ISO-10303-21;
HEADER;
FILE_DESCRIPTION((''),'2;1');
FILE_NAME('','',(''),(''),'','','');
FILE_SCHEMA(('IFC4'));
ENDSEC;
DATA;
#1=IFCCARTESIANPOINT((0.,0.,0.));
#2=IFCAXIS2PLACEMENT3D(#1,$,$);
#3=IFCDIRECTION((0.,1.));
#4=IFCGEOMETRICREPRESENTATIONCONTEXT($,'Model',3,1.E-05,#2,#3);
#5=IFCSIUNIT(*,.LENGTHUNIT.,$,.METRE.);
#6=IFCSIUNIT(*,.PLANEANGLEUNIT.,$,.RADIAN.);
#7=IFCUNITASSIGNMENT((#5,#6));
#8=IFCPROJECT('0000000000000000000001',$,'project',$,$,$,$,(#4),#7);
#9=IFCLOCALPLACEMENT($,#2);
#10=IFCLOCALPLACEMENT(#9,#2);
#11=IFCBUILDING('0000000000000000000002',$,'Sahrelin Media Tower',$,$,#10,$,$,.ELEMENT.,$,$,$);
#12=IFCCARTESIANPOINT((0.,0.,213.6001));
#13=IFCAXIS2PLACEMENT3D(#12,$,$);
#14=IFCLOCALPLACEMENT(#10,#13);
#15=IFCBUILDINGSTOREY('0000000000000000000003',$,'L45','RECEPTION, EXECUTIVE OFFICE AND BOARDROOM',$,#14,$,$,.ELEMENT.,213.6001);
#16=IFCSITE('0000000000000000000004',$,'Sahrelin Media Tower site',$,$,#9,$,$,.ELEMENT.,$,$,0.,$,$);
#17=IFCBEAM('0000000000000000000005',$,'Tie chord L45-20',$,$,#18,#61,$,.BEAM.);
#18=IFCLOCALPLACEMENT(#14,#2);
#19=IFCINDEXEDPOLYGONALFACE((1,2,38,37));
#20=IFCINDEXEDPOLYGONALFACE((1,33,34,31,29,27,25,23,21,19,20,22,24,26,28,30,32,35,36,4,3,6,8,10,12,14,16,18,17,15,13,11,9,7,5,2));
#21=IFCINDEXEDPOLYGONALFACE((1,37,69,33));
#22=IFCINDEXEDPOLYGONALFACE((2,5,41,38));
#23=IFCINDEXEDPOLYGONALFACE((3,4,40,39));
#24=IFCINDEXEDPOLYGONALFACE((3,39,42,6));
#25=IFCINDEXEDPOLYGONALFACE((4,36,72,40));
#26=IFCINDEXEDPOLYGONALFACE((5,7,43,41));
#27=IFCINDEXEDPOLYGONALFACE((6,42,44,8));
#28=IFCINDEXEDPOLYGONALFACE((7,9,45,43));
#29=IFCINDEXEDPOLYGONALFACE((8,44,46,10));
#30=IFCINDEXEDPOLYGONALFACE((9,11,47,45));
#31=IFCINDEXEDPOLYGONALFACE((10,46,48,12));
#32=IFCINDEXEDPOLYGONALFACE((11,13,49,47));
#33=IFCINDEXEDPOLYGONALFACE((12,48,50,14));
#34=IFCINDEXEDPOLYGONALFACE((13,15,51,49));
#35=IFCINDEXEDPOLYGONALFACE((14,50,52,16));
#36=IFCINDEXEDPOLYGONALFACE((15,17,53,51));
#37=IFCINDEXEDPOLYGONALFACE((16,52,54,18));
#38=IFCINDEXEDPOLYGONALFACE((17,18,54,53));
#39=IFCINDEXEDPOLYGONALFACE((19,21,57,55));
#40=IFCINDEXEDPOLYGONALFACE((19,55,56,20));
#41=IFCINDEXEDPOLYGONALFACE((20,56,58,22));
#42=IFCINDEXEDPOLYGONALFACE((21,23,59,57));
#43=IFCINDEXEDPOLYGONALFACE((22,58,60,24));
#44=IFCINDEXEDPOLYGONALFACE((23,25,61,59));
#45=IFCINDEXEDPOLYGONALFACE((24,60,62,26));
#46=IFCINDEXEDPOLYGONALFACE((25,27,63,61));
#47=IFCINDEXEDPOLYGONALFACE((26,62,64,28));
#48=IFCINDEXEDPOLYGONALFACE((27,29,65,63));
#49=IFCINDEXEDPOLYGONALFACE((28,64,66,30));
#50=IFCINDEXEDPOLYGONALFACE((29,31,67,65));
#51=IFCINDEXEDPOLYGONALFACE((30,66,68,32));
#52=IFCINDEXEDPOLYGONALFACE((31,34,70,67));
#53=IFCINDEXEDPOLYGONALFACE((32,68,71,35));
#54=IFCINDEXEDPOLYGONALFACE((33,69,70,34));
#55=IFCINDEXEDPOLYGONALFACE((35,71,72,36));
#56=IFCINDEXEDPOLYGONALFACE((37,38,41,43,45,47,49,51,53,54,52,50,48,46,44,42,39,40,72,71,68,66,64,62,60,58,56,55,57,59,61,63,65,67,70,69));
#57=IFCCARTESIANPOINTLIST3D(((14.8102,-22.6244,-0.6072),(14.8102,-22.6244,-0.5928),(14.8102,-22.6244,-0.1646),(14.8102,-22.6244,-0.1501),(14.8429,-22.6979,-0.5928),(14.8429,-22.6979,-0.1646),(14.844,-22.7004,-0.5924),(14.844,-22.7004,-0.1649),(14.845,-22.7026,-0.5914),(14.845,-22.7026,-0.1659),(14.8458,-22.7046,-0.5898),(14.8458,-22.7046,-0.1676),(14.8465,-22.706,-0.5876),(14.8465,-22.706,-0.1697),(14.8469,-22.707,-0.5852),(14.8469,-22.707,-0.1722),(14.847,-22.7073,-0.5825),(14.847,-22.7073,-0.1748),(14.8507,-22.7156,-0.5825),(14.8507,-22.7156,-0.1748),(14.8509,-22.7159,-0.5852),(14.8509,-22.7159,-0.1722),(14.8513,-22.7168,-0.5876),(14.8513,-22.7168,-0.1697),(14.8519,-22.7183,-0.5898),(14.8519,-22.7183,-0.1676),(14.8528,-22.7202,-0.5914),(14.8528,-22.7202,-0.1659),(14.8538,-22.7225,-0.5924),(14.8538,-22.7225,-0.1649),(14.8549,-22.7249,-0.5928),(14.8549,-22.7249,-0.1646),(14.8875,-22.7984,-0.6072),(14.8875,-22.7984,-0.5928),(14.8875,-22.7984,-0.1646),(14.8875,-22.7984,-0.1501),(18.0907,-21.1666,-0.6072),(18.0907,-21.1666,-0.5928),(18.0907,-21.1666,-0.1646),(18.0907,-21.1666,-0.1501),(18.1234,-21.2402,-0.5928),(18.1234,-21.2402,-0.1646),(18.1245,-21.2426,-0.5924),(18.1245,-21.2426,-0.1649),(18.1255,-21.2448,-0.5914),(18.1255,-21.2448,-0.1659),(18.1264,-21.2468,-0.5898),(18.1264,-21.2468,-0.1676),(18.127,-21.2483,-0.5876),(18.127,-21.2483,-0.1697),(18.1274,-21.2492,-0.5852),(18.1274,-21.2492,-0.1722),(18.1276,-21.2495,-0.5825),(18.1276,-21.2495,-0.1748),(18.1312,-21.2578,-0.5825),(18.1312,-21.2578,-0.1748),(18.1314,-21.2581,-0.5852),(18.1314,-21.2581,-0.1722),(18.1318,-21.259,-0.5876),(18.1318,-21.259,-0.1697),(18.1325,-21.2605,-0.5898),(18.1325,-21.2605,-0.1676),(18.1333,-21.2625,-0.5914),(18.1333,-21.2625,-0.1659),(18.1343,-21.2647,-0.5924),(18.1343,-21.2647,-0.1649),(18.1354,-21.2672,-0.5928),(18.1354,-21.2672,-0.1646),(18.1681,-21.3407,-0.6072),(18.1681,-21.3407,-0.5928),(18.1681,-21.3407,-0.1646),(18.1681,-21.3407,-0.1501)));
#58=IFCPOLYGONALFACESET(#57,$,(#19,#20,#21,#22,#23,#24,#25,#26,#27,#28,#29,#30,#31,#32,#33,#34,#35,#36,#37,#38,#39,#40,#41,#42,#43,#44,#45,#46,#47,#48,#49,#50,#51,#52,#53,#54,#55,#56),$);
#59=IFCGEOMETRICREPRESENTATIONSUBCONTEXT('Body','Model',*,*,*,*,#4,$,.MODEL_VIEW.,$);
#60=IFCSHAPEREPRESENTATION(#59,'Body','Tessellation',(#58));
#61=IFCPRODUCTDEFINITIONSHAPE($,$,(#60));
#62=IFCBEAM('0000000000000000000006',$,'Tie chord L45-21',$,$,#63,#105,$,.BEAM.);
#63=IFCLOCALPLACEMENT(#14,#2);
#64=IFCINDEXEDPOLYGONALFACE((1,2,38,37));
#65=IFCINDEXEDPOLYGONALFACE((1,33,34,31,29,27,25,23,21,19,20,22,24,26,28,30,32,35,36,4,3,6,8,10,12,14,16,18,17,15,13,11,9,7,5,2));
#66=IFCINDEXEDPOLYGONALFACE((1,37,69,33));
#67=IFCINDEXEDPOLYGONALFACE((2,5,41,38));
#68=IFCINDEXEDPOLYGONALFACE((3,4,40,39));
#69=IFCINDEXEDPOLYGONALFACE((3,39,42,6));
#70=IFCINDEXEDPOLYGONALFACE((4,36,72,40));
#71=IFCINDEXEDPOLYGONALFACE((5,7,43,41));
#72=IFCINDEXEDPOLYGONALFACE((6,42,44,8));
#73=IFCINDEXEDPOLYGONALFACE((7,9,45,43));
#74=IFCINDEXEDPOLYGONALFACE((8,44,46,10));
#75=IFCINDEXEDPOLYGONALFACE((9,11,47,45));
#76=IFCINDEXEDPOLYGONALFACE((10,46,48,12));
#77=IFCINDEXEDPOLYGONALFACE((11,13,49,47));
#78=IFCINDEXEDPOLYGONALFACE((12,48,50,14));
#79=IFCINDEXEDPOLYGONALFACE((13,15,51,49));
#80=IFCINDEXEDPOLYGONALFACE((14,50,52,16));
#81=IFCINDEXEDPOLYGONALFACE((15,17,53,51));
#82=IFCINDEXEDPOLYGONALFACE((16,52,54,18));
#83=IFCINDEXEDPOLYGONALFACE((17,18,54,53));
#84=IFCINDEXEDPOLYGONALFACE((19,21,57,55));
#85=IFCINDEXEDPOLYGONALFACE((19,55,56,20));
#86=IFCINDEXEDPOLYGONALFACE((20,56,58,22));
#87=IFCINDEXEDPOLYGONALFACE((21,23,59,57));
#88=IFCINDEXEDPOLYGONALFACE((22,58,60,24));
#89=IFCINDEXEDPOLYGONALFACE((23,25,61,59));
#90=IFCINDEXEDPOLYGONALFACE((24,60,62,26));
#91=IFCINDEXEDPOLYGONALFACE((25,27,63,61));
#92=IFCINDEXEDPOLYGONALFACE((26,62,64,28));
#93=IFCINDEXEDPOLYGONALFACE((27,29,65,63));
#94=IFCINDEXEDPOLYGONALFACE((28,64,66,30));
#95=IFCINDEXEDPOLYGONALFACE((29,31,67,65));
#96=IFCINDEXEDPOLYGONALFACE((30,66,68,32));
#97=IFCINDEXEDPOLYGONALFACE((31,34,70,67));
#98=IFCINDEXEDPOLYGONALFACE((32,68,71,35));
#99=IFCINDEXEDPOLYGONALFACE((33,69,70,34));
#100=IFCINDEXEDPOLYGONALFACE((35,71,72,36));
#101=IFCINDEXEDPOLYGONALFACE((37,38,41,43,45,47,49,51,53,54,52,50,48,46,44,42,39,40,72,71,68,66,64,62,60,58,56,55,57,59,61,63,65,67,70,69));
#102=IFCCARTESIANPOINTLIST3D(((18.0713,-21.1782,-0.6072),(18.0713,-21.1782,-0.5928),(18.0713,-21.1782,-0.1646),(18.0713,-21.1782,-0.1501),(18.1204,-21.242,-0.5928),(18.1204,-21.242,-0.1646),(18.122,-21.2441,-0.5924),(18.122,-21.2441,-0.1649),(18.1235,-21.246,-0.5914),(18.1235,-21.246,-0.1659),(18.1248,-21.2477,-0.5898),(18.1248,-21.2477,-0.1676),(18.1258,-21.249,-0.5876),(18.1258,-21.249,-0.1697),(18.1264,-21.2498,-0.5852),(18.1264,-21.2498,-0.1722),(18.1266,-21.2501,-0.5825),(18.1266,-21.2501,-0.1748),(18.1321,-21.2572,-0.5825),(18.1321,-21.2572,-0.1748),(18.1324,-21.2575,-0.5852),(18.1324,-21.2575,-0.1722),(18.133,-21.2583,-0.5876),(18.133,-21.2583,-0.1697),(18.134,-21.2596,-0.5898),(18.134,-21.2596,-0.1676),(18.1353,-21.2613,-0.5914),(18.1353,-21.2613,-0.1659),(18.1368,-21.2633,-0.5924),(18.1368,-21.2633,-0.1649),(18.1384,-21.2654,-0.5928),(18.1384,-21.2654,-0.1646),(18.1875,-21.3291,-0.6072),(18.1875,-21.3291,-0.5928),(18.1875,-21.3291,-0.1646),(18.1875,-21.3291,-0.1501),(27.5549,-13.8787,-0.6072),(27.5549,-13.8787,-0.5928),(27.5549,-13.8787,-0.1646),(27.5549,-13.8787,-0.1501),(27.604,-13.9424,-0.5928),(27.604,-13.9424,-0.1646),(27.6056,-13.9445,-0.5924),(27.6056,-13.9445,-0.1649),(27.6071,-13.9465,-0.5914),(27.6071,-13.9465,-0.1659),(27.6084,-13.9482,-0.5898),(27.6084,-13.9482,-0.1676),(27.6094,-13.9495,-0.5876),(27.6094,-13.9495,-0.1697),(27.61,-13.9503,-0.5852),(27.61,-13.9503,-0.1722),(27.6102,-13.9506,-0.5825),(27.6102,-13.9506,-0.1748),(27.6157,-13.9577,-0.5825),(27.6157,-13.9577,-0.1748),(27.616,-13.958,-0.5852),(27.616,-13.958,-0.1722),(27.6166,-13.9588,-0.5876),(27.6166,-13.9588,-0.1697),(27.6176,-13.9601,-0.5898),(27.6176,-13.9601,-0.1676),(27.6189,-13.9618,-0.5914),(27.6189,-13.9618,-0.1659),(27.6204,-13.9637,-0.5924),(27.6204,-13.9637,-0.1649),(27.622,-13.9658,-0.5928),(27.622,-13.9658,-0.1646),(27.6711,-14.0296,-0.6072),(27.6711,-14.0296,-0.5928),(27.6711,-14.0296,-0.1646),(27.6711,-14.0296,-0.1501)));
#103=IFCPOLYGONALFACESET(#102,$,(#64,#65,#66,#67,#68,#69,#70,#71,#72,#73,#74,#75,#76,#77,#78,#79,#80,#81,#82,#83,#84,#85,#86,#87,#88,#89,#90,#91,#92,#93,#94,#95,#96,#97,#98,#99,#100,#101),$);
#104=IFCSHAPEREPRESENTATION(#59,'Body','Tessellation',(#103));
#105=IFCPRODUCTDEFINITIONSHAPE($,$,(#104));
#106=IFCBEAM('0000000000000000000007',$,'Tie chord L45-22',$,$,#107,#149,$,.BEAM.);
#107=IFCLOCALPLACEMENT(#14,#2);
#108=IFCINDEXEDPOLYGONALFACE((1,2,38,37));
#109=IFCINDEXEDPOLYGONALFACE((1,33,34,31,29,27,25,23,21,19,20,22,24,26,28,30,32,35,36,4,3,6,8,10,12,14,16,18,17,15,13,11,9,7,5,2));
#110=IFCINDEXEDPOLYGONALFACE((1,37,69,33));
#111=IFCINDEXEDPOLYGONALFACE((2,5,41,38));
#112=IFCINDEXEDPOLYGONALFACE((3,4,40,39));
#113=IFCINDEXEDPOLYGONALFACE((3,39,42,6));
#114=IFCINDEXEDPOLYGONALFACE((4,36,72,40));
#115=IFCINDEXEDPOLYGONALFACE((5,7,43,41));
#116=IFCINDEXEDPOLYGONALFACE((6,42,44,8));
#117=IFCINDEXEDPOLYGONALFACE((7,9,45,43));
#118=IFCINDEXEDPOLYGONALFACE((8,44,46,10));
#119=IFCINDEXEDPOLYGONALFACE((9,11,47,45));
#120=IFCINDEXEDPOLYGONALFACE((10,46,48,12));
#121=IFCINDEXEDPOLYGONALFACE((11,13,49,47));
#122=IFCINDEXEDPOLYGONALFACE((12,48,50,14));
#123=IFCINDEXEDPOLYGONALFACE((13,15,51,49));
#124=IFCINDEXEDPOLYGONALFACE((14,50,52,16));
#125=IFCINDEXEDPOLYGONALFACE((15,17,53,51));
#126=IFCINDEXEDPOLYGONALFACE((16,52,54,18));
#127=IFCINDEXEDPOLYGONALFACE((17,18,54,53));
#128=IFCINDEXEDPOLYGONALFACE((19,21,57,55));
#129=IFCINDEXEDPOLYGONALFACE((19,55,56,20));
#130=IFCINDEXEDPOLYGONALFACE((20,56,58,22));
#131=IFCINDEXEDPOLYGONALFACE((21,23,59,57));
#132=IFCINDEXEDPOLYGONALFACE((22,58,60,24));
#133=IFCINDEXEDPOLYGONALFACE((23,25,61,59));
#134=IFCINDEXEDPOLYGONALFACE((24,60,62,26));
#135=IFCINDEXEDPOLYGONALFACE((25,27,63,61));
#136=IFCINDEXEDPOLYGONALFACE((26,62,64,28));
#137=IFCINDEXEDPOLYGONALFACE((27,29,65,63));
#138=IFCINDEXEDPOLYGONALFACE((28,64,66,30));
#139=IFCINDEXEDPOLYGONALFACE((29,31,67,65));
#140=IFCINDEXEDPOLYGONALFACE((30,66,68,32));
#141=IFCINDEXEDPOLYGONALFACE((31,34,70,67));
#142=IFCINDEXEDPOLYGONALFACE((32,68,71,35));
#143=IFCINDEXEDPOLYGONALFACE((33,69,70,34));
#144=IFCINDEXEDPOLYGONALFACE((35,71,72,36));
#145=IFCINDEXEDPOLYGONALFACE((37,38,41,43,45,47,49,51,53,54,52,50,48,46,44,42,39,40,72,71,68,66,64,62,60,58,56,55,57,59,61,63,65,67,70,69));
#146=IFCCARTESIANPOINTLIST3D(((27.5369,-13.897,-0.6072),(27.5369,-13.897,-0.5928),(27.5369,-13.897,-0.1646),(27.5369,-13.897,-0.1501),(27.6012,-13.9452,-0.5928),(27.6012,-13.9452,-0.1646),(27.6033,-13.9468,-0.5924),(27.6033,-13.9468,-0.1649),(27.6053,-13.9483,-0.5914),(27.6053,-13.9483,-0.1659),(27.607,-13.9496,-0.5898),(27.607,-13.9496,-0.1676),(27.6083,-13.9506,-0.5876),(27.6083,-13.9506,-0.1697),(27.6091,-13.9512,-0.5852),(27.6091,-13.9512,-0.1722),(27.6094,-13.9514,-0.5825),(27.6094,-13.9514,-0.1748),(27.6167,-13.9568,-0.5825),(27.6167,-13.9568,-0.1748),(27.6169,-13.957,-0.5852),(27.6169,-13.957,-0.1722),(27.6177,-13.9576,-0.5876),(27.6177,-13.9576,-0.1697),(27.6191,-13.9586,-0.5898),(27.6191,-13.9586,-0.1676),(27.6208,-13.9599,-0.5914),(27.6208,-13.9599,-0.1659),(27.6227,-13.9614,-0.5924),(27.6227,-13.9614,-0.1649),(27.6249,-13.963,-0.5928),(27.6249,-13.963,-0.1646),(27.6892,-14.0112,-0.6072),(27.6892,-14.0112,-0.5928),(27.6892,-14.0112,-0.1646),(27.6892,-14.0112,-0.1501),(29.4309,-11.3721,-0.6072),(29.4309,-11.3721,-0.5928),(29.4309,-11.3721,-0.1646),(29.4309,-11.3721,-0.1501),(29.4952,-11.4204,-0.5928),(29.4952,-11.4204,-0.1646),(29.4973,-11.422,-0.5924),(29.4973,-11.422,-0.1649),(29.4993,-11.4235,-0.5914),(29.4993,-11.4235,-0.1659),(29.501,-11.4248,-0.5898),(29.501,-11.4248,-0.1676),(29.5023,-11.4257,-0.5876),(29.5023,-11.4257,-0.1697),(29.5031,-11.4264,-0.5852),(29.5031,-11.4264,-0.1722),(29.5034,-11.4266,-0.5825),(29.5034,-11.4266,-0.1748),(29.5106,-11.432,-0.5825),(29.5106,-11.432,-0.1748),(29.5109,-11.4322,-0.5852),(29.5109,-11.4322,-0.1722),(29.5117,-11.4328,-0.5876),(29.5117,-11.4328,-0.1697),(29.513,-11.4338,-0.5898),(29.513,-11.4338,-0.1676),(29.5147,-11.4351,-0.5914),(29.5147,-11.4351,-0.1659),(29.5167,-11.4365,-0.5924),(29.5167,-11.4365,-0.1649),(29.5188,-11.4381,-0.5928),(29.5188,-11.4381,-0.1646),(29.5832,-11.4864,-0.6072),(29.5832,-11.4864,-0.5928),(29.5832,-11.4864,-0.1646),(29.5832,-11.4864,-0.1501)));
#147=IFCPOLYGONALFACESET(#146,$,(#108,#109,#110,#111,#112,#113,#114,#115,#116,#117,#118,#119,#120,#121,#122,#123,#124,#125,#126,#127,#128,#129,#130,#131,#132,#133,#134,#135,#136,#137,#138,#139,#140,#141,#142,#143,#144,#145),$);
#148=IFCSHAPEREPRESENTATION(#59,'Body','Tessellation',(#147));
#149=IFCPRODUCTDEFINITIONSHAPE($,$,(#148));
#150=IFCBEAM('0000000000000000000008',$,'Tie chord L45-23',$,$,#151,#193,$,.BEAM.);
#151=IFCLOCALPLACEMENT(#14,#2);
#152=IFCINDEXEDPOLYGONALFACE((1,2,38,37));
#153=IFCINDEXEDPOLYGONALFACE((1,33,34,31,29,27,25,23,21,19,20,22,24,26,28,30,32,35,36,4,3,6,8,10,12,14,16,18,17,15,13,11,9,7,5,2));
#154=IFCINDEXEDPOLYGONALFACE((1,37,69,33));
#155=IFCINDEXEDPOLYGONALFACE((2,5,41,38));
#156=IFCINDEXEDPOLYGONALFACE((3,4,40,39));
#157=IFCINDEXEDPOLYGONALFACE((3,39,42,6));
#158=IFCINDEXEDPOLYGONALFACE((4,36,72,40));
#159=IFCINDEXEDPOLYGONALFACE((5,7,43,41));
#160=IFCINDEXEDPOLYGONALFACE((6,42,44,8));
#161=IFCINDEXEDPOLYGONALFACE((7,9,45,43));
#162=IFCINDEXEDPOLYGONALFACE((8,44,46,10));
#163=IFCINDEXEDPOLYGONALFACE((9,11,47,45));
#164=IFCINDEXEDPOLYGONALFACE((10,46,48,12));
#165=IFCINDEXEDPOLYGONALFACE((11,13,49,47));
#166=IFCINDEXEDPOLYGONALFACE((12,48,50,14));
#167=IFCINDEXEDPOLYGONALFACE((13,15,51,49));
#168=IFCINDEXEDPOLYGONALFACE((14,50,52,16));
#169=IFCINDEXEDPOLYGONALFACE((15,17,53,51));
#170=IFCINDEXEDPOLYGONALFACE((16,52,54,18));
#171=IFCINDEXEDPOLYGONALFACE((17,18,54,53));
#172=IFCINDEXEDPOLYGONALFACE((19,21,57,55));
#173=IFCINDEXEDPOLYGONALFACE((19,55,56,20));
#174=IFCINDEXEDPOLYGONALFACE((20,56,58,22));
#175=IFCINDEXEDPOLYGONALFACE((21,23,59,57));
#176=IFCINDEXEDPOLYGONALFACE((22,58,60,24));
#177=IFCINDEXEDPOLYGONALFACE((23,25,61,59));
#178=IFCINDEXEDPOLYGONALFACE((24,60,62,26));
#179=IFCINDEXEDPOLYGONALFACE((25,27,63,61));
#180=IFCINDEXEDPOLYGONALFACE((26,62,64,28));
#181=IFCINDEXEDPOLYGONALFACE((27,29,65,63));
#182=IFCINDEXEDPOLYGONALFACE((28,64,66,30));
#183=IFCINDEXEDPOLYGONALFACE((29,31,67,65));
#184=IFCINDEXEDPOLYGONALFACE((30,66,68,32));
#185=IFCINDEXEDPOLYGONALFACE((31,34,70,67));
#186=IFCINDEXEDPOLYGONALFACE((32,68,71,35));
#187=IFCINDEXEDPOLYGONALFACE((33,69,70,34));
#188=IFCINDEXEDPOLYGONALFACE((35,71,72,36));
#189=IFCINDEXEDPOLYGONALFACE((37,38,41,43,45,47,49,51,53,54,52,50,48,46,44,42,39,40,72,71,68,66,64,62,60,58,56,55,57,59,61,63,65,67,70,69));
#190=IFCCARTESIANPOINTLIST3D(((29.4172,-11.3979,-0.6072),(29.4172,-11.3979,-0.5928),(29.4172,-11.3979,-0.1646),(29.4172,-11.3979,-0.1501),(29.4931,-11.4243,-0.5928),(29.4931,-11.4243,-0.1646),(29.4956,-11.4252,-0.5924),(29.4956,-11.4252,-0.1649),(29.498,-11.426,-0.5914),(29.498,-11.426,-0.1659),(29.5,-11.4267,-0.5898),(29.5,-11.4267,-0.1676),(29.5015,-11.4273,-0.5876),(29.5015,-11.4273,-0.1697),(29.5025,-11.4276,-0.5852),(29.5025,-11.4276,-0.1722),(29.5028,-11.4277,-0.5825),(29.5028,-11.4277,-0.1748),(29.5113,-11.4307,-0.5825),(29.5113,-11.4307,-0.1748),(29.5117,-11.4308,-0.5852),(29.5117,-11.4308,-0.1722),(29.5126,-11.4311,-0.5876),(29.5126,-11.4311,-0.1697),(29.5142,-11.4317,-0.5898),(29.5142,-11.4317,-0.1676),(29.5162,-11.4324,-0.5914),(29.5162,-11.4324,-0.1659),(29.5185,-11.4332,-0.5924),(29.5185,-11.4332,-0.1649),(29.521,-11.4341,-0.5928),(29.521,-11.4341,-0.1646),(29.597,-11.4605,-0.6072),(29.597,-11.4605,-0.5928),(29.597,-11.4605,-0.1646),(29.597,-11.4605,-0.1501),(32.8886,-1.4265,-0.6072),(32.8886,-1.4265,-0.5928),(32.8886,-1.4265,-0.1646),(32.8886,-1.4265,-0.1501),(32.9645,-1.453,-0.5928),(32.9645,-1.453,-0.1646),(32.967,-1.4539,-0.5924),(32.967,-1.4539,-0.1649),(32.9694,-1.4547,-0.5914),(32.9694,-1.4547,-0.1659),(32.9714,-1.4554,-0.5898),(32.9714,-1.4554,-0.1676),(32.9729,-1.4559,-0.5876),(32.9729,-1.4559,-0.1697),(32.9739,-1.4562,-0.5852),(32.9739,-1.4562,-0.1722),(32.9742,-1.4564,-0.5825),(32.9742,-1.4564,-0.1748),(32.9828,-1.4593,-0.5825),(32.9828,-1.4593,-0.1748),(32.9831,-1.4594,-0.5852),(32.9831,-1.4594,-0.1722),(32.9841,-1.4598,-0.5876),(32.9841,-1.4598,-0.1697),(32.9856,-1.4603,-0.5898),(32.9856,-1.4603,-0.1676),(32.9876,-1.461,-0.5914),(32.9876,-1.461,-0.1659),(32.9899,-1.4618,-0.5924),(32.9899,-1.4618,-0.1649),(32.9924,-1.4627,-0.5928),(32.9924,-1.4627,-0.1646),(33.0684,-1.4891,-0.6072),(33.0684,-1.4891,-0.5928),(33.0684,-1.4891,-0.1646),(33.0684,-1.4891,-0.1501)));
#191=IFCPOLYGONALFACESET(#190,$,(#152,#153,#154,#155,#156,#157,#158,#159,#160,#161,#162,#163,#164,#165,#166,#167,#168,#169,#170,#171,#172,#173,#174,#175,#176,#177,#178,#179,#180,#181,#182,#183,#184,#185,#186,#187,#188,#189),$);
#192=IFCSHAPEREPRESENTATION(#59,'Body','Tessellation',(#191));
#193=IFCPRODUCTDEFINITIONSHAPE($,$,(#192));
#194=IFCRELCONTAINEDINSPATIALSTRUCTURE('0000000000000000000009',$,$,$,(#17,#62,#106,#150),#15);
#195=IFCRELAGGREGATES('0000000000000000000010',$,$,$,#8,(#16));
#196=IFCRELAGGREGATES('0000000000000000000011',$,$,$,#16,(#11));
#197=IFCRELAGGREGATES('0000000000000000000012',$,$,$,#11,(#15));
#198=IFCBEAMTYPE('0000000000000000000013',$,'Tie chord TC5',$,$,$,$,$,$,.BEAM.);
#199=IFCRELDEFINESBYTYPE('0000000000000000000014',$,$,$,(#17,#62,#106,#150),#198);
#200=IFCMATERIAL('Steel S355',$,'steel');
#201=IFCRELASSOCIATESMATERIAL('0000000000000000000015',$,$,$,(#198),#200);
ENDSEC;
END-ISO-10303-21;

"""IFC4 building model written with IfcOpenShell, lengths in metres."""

from ifc_helpers import new_model, si_unit, direction, frame, origin, origin_2d, place, context, subcontext, project, spatial, i_section, extrude, material, material_profile, profile_set, type_object, element, save


model = new_model("IFC4")

# Units and contexts
model_context = context("Model", 3, precision=1e-05, world=origin(), true_north=direction((0.0, 1.0)))
body_context = subcontext(model_context, "Body", "Model", "MODEL_VIEW")
ifc_project = project(units=[si_unit("LENGTHUNIT", "METRE"), si_unit("PLANEANGLEUNIT", "RADIAN")], contexts=[model_context])

# Site, building, storey
site_placement = place(None, origin())
site = spatial("IfcSite", under=ifc_project, at=site_placement, Name="Sahrelin Media Tower site", CompositionType="ELEMENT", RefElevation=0.0)
building_placement = place(site_placement, origin())
building = spatial("IfcBuilding", under=site, at=building_placement, Name="Sahrelin Media Tower", CompositionType="ELEMENT")
storey_placement = place(building_placement, frame((0.0, 0.0, 213.6001)))
storey = spatial("IfcBuildingStorey", under=building, at=storey_placement, Name="L45", Description="RECEPTION, EXECUTIVE OFFICE AND BOARDROOM", CompositionType="ELEMENT", Elevation=213.6001)

# Shared definitions
ifc_material_1 = material(Name="Steel S355", Category="steel")

# Beams
ifc_material_profile_1 = material_profile(ifc_material_1, i_section(OverallWidth=0.1904, OverallDepth=0.457, WebThickness=0.009, FlangeThickness=0.0144, FilletRadius=0.0103, at=origin_2d()), Name="UB 457x191x74")
ifc_profile_set_1 = profile_set([ifc_material_profile_1], Name="Steel S355")
beam_type_1 = type_object("IfcBeamType", Name="Tie chord TC5", PredefinedType="BEAM", material=ifc_profile_set_1)
beam_1_placement = place(storey_placement, frame((14.8489, -22.7114, -0.3787), z_axis=(0.913837, 0.406082, 0.0), x_axis=(-0.406082, 0.913837, 0.0)))
element("IfcBeam", 1, at=beam_1_placement, inside=storey, type_object=beam_type_1, Name="Tie chord L45-20", PredefinedType="BEAM", context=body_context, shape_type="SweptSolid", body=[
    extrude(i_section(OverallWidth=0.1904, OverallDepth=0.457, WebThickness=0.009, FlangeThickness=0.0144, FilletRadius=0.0103, at=origin_2d()), origin(), (0.0, 0.0, 1.0), 3.5898),
])
beam_2_placement = place(storey_placement, frame((18.1294, -21.2537, -0.3787), z_axis=(0.792444, 0.609944, 0.0), x_axis=(-0.609944, 0.792444, 0.0)))
element("IfcBeam", 2, at=beam_2_placement, inside=storey, type_object=beam_type_1, Name="Tie chord L45-21", PredefinedType="BEAM", context=body_context, shape_type="SweptSolid", body=[
    extrude(i_section(OverallWidth=0.1904, OverallDepth=0.457, WebThickness=0.009, FlangeThickness=0.0144, FilletRadius=0.0103, at=origin_2d()), origin(), (0.0, 0.0, 1.0), 11.9675),
])
beam_3_placement = place(storey_placement, frame((27.613, -13.9541, -0.3787), z_axis=(0.600074, 0.799944, 0.0), x_axis=(-0.799944, 0.600074, 0.0)))
element("IfcBeam", 3, at=beam_3_placement, inside=storey, type_object=beam_type_1, Name="Tie chord L45-22", PredefinedType="BEAM", context=body_context, shape_type="SweptSolid", body=[
    extrude(i_section(OverallWidth=0.1904, OverallDepth=0.457, WebThickness=0.009, FlangeThickness=0.0144, FilletRadius=0.0103, at=origin_2d()), origin(), (0.0, 0.0, 1.0), 3.1562),
])
beam_4_placement = place(storey_placement, frame((29.5071, -11.4292, -0.3787), z_axis=(0.328783, 0.944405, 0.0), x_axis=(-0.944405, 0.328783, 0.0)))
element("IfcBeam", 4, at=beam_4_placement, inside=storey, type_object=beam_type_1, Name="Tie chord L45-23", PredefinedType="BEAM", context=body_context, shape_type="SweptSolid", body=[
    extrude(i_section(OverallWidth=0.1904, OverallDepth=0.457, WebThickness=0.009, FlangeThickness=0.0144, FilletRadius=0.0103, at=origin_2d()), origin(), (0.0, 0.0, 1.0), 10.5583),
])

save(model, "model.ifc")
